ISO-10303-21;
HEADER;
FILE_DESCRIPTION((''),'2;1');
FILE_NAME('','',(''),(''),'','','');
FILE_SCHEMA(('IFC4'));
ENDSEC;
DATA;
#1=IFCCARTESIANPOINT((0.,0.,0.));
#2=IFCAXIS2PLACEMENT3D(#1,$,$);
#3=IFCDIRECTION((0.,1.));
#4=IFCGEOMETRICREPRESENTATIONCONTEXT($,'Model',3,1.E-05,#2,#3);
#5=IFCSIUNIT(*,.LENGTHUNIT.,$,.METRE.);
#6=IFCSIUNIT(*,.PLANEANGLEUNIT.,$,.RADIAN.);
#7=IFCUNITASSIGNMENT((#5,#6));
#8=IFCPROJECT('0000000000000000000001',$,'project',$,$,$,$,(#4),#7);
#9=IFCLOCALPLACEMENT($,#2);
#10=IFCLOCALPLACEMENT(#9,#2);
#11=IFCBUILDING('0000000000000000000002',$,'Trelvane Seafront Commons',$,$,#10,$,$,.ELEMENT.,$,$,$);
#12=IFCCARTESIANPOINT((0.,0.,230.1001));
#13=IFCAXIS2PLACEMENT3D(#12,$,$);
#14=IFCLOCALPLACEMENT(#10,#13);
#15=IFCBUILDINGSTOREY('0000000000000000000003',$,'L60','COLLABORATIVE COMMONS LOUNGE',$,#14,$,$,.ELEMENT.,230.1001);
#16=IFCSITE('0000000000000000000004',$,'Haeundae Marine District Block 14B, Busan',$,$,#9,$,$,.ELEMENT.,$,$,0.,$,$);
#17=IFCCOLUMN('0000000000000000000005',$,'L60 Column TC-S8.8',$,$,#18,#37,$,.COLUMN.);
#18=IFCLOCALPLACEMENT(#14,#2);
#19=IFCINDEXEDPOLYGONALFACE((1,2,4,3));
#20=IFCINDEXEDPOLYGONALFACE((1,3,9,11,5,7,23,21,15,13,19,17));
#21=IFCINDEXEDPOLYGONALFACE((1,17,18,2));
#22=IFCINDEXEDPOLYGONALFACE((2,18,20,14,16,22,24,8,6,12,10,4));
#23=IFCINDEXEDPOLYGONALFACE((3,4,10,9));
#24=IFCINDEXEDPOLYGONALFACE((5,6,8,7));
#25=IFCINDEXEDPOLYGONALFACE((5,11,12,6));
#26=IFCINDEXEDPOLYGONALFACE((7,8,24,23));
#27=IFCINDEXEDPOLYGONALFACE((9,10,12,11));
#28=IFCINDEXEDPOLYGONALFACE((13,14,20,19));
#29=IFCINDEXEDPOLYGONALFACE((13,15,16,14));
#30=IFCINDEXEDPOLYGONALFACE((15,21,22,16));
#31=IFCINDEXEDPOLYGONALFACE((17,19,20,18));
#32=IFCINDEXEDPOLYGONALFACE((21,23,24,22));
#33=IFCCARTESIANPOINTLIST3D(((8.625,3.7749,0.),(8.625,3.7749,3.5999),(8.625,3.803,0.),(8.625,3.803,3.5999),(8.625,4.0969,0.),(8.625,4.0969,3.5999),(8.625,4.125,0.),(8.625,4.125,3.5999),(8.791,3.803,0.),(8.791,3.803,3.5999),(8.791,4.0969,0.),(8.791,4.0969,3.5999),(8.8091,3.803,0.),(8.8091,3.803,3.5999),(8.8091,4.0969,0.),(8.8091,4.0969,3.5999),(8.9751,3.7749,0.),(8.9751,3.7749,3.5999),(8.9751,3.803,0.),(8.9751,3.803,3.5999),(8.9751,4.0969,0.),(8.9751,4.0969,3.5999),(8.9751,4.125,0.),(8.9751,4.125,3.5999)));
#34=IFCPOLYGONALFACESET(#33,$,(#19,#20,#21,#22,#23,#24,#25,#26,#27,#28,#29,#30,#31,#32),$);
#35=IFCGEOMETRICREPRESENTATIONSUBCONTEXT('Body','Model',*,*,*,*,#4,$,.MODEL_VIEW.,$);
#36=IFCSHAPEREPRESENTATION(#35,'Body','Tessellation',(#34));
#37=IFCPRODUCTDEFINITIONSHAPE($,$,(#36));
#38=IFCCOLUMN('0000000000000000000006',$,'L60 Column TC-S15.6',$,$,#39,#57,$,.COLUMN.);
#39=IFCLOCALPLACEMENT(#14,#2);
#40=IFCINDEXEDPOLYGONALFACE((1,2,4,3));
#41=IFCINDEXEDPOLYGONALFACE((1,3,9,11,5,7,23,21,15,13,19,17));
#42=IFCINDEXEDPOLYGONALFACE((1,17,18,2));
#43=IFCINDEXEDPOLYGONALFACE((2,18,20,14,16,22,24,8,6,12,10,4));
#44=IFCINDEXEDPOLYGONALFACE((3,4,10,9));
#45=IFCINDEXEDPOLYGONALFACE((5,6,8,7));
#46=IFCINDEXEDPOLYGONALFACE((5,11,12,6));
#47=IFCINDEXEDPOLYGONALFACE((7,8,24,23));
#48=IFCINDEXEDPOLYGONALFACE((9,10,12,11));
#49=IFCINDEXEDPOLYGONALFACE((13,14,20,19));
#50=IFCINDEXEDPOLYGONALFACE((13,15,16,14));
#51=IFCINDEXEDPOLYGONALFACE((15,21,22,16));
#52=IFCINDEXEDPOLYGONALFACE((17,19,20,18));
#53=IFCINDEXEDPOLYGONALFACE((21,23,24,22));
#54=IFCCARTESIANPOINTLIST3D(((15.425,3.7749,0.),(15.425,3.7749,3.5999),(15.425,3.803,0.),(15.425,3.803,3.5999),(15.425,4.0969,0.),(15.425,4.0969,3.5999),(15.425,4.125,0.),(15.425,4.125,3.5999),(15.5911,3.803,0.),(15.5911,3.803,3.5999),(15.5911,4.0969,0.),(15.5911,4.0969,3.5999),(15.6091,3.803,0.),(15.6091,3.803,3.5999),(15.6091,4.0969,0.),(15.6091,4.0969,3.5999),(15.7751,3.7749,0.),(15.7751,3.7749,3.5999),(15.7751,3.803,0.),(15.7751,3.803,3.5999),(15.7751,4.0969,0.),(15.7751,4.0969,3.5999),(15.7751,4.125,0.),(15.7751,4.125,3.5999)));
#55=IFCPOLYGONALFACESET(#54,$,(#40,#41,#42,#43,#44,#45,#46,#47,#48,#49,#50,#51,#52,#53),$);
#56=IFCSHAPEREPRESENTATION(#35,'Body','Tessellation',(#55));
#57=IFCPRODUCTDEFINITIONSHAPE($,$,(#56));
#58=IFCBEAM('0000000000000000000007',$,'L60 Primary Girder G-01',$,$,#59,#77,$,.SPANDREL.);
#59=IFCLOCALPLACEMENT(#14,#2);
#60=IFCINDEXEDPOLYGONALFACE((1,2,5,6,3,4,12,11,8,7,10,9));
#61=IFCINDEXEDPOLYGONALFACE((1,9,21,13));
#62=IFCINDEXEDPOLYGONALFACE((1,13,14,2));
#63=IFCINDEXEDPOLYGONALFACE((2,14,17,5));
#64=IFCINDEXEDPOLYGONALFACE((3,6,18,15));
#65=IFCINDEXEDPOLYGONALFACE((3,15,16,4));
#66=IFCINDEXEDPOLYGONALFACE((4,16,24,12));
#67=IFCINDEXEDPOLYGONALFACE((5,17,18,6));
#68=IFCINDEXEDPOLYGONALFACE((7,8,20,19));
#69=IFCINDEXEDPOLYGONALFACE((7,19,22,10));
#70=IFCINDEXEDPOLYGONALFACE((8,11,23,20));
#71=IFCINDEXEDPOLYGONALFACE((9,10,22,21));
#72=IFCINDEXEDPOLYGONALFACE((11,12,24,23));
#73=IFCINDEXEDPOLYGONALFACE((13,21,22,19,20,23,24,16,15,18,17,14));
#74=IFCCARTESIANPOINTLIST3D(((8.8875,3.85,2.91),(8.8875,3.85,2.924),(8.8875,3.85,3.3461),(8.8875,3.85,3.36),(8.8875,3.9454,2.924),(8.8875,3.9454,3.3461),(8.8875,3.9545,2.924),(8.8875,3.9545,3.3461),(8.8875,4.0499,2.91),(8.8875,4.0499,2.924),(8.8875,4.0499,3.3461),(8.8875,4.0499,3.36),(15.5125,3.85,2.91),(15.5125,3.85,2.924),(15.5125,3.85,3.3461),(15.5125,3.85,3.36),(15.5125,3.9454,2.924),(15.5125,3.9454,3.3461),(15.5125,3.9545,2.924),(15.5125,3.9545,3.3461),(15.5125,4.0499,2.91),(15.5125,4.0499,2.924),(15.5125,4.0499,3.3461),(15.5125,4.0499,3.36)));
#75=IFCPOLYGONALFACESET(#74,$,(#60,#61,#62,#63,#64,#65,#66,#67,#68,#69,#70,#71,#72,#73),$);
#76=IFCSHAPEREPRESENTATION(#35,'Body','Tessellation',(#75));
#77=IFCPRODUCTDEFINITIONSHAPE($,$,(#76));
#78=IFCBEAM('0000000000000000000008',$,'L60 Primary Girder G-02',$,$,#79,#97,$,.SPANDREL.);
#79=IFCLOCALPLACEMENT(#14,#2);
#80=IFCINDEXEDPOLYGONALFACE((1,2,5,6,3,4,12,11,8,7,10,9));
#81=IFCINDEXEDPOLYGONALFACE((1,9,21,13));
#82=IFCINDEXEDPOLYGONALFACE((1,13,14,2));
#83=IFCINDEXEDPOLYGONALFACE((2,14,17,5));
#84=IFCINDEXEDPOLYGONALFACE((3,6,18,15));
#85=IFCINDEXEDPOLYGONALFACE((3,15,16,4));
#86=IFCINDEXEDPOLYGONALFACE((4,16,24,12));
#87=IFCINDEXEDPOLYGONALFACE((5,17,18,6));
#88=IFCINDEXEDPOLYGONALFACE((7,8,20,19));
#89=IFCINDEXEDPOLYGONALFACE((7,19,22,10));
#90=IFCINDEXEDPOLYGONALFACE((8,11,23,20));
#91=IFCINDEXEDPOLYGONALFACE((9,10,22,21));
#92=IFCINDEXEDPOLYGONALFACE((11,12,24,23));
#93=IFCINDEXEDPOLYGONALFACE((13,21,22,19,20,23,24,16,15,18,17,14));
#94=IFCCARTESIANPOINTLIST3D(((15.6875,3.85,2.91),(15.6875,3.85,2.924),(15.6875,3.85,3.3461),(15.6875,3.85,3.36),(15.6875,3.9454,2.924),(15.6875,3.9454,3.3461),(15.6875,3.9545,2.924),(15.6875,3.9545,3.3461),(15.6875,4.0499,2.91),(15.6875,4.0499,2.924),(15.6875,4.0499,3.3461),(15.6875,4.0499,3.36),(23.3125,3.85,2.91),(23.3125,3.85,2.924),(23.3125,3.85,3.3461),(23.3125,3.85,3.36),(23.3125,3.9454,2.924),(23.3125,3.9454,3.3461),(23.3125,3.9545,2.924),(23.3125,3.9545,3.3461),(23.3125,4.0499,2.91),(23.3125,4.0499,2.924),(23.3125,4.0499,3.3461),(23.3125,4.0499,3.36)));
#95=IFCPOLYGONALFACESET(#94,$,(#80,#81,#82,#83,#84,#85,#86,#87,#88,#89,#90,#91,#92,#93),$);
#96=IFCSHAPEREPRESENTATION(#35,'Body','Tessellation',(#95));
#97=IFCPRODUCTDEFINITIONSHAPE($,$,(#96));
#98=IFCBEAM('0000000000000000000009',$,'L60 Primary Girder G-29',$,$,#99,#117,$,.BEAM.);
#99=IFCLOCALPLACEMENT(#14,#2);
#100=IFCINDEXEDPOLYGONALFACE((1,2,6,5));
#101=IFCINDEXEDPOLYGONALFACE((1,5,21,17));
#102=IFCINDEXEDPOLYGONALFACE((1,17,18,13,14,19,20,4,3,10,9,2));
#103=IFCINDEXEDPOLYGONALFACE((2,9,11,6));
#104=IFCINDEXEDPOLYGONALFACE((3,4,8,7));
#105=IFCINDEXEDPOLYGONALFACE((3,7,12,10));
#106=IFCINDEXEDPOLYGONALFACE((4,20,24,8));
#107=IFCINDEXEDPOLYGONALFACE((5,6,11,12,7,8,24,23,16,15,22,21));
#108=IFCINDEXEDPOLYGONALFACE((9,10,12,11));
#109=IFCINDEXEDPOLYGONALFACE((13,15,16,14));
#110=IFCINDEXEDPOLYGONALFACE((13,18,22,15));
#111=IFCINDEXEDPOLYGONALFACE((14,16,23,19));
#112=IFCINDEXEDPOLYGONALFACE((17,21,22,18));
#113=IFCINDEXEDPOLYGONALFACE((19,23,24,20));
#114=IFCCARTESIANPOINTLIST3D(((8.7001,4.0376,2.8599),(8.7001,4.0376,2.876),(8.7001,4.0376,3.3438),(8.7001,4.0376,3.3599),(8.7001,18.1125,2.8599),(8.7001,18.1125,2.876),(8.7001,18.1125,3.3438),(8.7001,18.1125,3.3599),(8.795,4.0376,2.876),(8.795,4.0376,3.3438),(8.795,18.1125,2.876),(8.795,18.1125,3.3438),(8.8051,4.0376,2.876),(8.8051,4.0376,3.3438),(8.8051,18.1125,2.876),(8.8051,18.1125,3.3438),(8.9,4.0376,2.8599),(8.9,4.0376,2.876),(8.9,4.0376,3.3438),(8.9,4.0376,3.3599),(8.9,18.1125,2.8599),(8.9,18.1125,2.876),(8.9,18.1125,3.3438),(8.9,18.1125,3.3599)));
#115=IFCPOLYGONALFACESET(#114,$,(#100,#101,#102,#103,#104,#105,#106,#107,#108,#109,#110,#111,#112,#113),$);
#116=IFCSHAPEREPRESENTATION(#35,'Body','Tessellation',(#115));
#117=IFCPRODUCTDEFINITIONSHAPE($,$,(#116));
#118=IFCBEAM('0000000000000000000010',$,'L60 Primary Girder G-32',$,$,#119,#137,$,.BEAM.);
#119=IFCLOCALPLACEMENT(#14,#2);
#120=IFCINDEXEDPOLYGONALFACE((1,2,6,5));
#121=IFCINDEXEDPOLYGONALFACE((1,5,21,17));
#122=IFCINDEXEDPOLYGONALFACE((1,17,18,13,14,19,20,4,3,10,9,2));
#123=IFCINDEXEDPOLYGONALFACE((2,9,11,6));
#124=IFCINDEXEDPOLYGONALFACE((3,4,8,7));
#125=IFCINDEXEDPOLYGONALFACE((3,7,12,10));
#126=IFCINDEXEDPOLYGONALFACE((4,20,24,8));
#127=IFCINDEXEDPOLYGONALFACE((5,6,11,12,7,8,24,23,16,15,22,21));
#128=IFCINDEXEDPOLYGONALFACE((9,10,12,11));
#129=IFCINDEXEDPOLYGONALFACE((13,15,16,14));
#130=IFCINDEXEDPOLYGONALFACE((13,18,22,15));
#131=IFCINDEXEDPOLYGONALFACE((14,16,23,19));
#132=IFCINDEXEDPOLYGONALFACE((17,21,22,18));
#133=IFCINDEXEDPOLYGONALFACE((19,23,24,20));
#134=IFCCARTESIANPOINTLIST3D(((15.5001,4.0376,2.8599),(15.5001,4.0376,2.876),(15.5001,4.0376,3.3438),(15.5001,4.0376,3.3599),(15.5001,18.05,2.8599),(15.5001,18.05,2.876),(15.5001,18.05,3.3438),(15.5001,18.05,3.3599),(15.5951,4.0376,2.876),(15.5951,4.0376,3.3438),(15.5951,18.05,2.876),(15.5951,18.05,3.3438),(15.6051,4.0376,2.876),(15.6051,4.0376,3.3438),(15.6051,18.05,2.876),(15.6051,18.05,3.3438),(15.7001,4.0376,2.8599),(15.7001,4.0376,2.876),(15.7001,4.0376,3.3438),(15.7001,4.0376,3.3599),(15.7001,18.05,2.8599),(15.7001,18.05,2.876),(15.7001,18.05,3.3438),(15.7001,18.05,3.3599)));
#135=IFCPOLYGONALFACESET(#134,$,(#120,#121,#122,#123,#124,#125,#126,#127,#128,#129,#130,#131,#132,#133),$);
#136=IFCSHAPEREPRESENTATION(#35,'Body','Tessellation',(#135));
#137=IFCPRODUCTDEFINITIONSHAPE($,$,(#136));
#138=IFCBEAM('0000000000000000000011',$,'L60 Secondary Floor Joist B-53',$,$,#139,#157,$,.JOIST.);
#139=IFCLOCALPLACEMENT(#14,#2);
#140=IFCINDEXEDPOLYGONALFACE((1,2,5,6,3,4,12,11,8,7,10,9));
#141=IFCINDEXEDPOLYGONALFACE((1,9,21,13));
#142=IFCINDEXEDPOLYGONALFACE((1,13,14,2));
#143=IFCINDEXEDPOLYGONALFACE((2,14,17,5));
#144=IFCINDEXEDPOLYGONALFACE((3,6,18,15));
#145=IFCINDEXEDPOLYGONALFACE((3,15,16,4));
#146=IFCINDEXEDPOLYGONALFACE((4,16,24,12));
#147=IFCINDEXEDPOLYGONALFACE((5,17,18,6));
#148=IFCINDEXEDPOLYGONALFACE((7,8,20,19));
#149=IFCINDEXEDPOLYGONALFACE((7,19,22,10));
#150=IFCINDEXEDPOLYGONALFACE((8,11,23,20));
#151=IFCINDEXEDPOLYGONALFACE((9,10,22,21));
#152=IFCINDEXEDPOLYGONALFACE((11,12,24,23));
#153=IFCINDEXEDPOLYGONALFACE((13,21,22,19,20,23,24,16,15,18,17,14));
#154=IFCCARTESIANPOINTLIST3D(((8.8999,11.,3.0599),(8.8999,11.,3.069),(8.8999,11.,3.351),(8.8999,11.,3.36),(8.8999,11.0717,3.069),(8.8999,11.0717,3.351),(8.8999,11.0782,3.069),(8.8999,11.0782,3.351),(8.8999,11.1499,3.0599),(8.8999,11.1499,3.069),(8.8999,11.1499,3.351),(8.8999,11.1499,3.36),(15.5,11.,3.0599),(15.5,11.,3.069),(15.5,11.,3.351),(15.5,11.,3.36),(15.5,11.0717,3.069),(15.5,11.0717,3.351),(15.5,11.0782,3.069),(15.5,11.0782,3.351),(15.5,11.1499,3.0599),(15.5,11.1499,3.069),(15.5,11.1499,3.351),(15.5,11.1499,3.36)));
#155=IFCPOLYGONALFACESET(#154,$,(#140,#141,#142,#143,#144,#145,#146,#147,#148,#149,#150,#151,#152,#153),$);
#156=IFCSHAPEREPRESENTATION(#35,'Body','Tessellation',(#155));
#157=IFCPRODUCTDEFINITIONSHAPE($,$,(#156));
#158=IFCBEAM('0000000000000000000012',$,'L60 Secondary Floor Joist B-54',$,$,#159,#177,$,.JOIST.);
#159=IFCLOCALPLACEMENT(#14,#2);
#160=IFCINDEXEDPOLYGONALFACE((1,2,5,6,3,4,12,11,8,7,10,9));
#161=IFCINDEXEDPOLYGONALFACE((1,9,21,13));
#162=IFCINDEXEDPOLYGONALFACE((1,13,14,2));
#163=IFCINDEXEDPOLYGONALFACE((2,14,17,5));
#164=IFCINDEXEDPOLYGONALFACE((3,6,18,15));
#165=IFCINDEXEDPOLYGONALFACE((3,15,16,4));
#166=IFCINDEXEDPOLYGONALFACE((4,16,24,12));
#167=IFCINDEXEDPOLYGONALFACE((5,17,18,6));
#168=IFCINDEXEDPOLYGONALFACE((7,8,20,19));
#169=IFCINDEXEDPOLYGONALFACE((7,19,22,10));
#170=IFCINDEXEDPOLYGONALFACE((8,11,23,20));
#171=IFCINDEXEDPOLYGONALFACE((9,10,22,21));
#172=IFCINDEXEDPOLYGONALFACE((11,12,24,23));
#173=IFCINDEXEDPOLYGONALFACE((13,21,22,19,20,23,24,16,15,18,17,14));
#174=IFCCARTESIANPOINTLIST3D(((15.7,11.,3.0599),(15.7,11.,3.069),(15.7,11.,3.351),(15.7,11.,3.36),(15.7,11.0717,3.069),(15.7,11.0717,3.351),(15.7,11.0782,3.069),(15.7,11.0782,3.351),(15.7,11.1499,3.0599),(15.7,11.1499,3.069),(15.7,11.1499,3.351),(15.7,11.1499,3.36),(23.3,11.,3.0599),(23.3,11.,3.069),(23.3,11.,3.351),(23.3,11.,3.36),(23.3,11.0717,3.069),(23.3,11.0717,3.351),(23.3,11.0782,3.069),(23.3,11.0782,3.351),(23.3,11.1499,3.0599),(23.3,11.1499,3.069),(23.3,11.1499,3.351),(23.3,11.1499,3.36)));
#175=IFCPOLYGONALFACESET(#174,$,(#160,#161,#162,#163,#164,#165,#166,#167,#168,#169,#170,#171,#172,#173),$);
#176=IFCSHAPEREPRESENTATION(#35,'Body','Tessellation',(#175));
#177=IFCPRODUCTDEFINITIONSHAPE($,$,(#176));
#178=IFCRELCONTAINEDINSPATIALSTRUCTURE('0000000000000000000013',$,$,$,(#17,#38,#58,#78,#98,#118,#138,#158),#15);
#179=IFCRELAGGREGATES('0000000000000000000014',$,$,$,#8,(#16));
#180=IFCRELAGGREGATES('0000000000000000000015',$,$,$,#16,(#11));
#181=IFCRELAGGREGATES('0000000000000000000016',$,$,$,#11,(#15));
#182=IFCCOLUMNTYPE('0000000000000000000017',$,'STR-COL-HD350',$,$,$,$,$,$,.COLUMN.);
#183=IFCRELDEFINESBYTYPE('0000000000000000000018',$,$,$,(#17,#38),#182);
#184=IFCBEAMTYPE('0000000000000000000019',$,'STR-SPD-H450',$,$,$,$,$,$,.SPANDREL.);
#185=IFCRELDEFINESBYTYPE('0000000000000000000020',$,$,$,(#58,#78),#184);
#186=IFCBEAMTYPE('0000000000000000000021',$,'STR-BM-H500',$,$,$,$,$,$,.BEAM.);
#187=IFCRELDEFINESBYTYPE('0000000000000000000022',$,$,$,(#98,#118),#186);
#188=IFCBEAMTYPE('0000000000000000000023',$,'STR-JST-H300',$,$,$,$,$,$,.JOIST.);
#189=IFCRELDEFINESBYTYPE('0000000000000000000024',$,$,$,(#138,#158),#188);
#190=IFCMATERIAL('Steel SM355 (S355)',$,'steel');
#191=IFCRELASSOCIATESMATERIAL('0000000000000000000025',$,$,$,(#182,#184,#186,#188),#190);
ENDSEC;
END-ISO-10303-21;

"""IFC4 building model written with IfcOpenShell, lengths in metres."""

from ifc_helpers import new_model, si_unit, direction, frame, origin, origin_2d, place, context, subcontext, project, spatial, i_section, extrude, source, transform, mapped, material, material_profile, profile_set, type_object, element, save


model = new_model("IFC4")

# Units and contexts
model_context = context("Model", 3, precision=1e-05, world=origin(), true_north=direction((0.0, 1.0)))
body_context = subcontext(model_context, "Body", "Model", "MODEL_VIEW")
ifc_project = project(units=[si_unit("LENGTHUNIT", "METRE"), si_unit("PLANEANGLEUNIT", "RADIAN")], contexts=[model_context])

# Site, building, storey
site_placement = place(None, origin())
site = spatial("IfcSite", under=ifc_project, at=site_placement, Name="Haeundae Marine District Block 14B, Busan", CompositionType="ELEMENT", RefElevation=0.0)
building_placement = place(site_placement, origin())
building = spatial("IfcBuilding", under=site, at=building_placement, Name="Trelvane Seafront Commons", CompositionType="ELEMENT")
storey_placement = place(building_placement, frame((0.0, 0.0, 230.1001)))
storey = spatial("IfcBuildingStorey", under=building, at=storey_placement, Name="L60", Description="COLLABORATIVE COMMONS LOUNGE", CompositionType="ELEMENT", Elevation=230.1001)

# Columns
ifc_material_1 = material(Name="Steel SM355 (S355)", Category="steel")
ifc_material_profile_1 = material_profile(ifc_material_1, i_section(OverallWidth=0.3501, OverallDepth=0.3501, WebThickness=0.0181, FlangeThickness=0.0281, at=origin_2d()), Name="HD-350x350x18x28")
ifc_profile_set_1 = profile_set([ifc_material_profile_1], Name="Steel SM355 (S355)")
column_type = type_object("IfcColumnType", Name="STR-COL-HD350", PredefinedType="COLUMN", material=ifc_profile_set_1)
shared_shape_1 = source(origin(), body_context, "Body", "SweptSolid", [
    extrude(i_section(OverallWidth=0.3501, OverallDepth=0.3501, WebThickness=0.0181, FlangeThickness=0.0281, at=origin_2d()), origin(), (0.0, 0.0, 1.0), 3.5999),
])
for number, where, z_axis, x_axis, name in (
    (1, (8.8, 3.95, 0.0), (0.0, 0.0, 1.0), (1.0, 0.0, 0.0), "L60 Column TC-S8.8"),
    (2, (15.6001, 3.95, 0.0), (0.0, 0.0, 1.0), (1.0, 0.0, 0.0), "L60 Column TC-S15.6"),
):
    element("IfcColumn", number, at=place(storey_placement, frame(where, z_axis=z_axis, x_axis=x_axis)), inside=storey, type_object=column_type, Name=name, PredefinedType="COLUMN", context=body_context, shape_type="MappedRepresentation", body=[
        mapped(shared_shape_1, transform((0.0, 0.0, 0.0), x_axis=(1.0, 0.0, 0.0), y_axis=(0.0, 1.0, 0.0), z_axis=(0.0, 0.0, 1.0), scale=1.0)),
    ])

# Beams
ifc_material_profile_2 = material_profile(ifc_material_1, i_section(OverallWidth=0.2, OverallDepth=0.45, WebThickness=0.009, FlangeThickness=0.0139, at=origin_2d()), Name="H-450x200x9x14")
ifc_profile_set_2 = profile_set([ifc_material_profile_2], Name="Steel SM355 (S355)")
beam_type_1 = type_object("IfcBeamType", Name="STR-SPD-H450", PredefinedType="SPANDREL", material=ifc_profile_set_2)
shared_shape_2 = source(origin(), body_context, "Body", "SweptSolid", [
    extrude(i_section(OverallWidth=0.2, OverallDepth=0.45, WebThickness=0.009, FlangeThickness=0.0139, at=origin_2d()), origin(), (0.0, 0.0, 1.0), 6.625),
])
beam_1_placement = place(storey_placement, frame((8.8875, 3.95, 3.135), z_axis=(1.0, 0.0, 0.0), x_axis=(0.0, 1.0, 0.0)))
element("IfcBeam", 3, at=beam_1_placement, inside=storey, type_object=beam_type_1, Name="L60 Primary Girder G-01", PredefinedType="SPANDREL", context=body_context, shape_type="MappedRepresentation", body=[
    mapped(shared_shape_2, transform((0.0, 0.0, 0.0), x_axis=(1.0, 0.0, 0.0), y_axis=(0.0, 1.0, 0.0), z_axis=(0.0, 0.0, 1.0), scale=1.0)),
])
shared_shape_3 = source(origin(), body_context, "Body", "SweptSolid", [
    extrude(i_section(OverallWidth=0.2, OverallDepth=0.45, WebThickness=0.009, FlangeThickness=0.0139, at=origin_2d()), origin(), (0.0, 0.0, 1.0), 7.625),
])
beam_2_placement = place(storey_placement, frame((15.6875, 3.95, 3.135), z_axis=(1.0, 0.0, 0.0), x_axis=(0.0, 1.0, 0.0)))
element("IfcBeam", 4, at=beam_2_placement, inside=storey, type_object=beam_type_1, Name="L60 Primary Girder G-02", PredefinedType="SPANDREL", context=body_context, shape_type="MappedRepresentation", body=[
    mapped(shared_shape_3, transform((0.0, 0.0, 0.0), x_axis=(1.0, 0.0, 0.0), y_axis=(0.0, 1.0, 0.0), z_axis=(0.0, 0.0, 1.0), scale=1.0)),
])
ifc_material_profile_3 = material_profile(ifc_material_1, i_section(OverallWidth=0.2, OverallDepth=0.5, WebThickness=0.01, FlangeThickness=0.0161, at=origin_2d()), Name="H-500x200x10x16")
ifc_profile_set_3 = profile_set([ifc_material_profile_3], Name="Steel SM355 (S355)")
beam_type_2 = type_object("IfcBeamType", Name="STR-BM-H500", PredefinedType="BEAM", material=ifc_profile_set_3)
shared_shape_4 = source(origin(), body_context, "Body", "SweptSolid", [
    extrude(i_section(OverallWidth=0.2, OverallDepth=0.5, WebThickness=0.01, FlangeThickness=0.0161, at=origin_2d()), origin(), (0.0, 0.0, 1.0), 14.075),
])
beam_3_placement = place(storey_placement, frame((8.8, 4.0376, 3.1099), z_axis=(0.0, 1.0, 0.0), x_axis=(-1.0, 0.0, 0.0)))
element("IfcBeam", 5, at=beam_3_placement, inside=storey, type_object=beam_type_2, Name="L60 Primary Girder G-29", PredefinedType="BEAM", context=body_context, shape_type="MappedRepresentation", body=[
    mapped(shared_shape_4, transform((0.0, 0.0, 0.0), x_axis=(1.0, 0.0, 0.0), y_axis=(0.0, 1.0, 0.0), z_axis=(0.0, 0.0, 1.0), scale=1.0)),
])
shared_shape_5 = source(origin(), body_context, "Body", "SweptSolid", [
    extrude(i_section(OverallWidth=0.2, OverallDepth=0.5, WebThickness=0.01, FlangeThickness=0.0161, at=origin_2d()), origin(), (0.0, 0.0, 1.0), 14.0125),
])
beam_4_placement = place(storey_placement, frame((15.6001, 4.0376, 3.1099), z_axis=(0.0, 1.0, 0.0), x_axis=(-1.0, 0.0, 0.0)))
element("IfcBeam", 6, at=beam_4_placement, inside=storey, type_object=beam_type_2, Name="L60 Primary Girder G-32", PredefinedType="BEAM", context=body_context, shape_type="MappedRepresentation", body=[
    mapped(shared_shape_5, transform((0.0, 0.0, 0.0), x_axis=(1.0, 0.0, 0.0), y_axis=(0.0, 1.0, 0.0), z_axis=(0.0, 0.0, 1.0), scale=1.0)),
])
ifc_material_profile_4 = material_profile(ifc_material_1, i_section(OverallWidth=0.1499, OverallDepth=0.3, WebThickness=0.0066, FlangeThickness=0.009, at=origin_2d()), Name="H-300x150x6.5x9")
ifc_profile_set_4 = profile_set([ifc_material_profile_4], Name="Steel SM355 (S355)")
beam_type_3 = type_object("IfcBeamType", Name="STR-JST-H300", PredefinedType="JOIST", material=ifc_profile_set_4)
shared_shape_6 = source(origin(), body_context, "Body", "SweptSolid", [
    extrude(i_section(OverallWidth=0.1499, OverallDepth=0.3, WebThickness=0.0066, FlangeThickness=0.009, at=origin_2d()), origin(), (0.0, 0.0, 1.0), 6.6001),
])
beam_5_placement = place(storey_placement, frame((8.8999, 11.075, 3.21), z_axis=(1.0, 0.0, 0.0), x_axis=(0.0, 1.0, 0.0)))
element("IfcBeam", 7, at=beam_5_placement, inside=storey, type_object=beam_type_3, Name="L60 Secondary Floor Joist B-53", PredefinedType="JOIST", context=body_context, shape_type="MappedRepresentation", body=[
    mapped(shared_shape_6, transform((0.0, 0.0, 0.0), x_axis=(1.0, 0.0, 0.0), y_axis=(0.0, 1.0, 0.0), z_axis=(0.0, 0.0, 1.0), scale=1.0)),
])
shared_shape_7 = source(origin(), body_context, "Body", "SweptSolid", [
    extrude(i_section(OverallWidth=0.1499, OverallDepth=0.3, WebThickness=0.0066, FlangeThickness=0.009, at=origin_2d()), origin(), (0.0, 0.0, 1.0), 7.6001),
])
beam_6_placement = place(storey_placement, frame((15.7, 11.075, 3.21), z_axis=(1.0, 0.0, 0.0), x_axis=(0.0, 1.0, 0.0)))
element("IfcBeam", 8, at=beam_6_placement, inside=storey, type_object=beam_type_3, Name="L60 Secondary Floor Joist B-54", PredefinedType="JOIST", context=body_context, shape_type="MappedRepresentation", body=[
    mapped(shared_shape_7, transform((0.0, 0.0, 0.0), x_axis=(1.0, 0.0, 0.0), y_axis=(0.0, 1.0, 0.0), z_axis=(0.0, 0.0, 1.0), scale=1.0)),
])

save(model, "model.ifc")
